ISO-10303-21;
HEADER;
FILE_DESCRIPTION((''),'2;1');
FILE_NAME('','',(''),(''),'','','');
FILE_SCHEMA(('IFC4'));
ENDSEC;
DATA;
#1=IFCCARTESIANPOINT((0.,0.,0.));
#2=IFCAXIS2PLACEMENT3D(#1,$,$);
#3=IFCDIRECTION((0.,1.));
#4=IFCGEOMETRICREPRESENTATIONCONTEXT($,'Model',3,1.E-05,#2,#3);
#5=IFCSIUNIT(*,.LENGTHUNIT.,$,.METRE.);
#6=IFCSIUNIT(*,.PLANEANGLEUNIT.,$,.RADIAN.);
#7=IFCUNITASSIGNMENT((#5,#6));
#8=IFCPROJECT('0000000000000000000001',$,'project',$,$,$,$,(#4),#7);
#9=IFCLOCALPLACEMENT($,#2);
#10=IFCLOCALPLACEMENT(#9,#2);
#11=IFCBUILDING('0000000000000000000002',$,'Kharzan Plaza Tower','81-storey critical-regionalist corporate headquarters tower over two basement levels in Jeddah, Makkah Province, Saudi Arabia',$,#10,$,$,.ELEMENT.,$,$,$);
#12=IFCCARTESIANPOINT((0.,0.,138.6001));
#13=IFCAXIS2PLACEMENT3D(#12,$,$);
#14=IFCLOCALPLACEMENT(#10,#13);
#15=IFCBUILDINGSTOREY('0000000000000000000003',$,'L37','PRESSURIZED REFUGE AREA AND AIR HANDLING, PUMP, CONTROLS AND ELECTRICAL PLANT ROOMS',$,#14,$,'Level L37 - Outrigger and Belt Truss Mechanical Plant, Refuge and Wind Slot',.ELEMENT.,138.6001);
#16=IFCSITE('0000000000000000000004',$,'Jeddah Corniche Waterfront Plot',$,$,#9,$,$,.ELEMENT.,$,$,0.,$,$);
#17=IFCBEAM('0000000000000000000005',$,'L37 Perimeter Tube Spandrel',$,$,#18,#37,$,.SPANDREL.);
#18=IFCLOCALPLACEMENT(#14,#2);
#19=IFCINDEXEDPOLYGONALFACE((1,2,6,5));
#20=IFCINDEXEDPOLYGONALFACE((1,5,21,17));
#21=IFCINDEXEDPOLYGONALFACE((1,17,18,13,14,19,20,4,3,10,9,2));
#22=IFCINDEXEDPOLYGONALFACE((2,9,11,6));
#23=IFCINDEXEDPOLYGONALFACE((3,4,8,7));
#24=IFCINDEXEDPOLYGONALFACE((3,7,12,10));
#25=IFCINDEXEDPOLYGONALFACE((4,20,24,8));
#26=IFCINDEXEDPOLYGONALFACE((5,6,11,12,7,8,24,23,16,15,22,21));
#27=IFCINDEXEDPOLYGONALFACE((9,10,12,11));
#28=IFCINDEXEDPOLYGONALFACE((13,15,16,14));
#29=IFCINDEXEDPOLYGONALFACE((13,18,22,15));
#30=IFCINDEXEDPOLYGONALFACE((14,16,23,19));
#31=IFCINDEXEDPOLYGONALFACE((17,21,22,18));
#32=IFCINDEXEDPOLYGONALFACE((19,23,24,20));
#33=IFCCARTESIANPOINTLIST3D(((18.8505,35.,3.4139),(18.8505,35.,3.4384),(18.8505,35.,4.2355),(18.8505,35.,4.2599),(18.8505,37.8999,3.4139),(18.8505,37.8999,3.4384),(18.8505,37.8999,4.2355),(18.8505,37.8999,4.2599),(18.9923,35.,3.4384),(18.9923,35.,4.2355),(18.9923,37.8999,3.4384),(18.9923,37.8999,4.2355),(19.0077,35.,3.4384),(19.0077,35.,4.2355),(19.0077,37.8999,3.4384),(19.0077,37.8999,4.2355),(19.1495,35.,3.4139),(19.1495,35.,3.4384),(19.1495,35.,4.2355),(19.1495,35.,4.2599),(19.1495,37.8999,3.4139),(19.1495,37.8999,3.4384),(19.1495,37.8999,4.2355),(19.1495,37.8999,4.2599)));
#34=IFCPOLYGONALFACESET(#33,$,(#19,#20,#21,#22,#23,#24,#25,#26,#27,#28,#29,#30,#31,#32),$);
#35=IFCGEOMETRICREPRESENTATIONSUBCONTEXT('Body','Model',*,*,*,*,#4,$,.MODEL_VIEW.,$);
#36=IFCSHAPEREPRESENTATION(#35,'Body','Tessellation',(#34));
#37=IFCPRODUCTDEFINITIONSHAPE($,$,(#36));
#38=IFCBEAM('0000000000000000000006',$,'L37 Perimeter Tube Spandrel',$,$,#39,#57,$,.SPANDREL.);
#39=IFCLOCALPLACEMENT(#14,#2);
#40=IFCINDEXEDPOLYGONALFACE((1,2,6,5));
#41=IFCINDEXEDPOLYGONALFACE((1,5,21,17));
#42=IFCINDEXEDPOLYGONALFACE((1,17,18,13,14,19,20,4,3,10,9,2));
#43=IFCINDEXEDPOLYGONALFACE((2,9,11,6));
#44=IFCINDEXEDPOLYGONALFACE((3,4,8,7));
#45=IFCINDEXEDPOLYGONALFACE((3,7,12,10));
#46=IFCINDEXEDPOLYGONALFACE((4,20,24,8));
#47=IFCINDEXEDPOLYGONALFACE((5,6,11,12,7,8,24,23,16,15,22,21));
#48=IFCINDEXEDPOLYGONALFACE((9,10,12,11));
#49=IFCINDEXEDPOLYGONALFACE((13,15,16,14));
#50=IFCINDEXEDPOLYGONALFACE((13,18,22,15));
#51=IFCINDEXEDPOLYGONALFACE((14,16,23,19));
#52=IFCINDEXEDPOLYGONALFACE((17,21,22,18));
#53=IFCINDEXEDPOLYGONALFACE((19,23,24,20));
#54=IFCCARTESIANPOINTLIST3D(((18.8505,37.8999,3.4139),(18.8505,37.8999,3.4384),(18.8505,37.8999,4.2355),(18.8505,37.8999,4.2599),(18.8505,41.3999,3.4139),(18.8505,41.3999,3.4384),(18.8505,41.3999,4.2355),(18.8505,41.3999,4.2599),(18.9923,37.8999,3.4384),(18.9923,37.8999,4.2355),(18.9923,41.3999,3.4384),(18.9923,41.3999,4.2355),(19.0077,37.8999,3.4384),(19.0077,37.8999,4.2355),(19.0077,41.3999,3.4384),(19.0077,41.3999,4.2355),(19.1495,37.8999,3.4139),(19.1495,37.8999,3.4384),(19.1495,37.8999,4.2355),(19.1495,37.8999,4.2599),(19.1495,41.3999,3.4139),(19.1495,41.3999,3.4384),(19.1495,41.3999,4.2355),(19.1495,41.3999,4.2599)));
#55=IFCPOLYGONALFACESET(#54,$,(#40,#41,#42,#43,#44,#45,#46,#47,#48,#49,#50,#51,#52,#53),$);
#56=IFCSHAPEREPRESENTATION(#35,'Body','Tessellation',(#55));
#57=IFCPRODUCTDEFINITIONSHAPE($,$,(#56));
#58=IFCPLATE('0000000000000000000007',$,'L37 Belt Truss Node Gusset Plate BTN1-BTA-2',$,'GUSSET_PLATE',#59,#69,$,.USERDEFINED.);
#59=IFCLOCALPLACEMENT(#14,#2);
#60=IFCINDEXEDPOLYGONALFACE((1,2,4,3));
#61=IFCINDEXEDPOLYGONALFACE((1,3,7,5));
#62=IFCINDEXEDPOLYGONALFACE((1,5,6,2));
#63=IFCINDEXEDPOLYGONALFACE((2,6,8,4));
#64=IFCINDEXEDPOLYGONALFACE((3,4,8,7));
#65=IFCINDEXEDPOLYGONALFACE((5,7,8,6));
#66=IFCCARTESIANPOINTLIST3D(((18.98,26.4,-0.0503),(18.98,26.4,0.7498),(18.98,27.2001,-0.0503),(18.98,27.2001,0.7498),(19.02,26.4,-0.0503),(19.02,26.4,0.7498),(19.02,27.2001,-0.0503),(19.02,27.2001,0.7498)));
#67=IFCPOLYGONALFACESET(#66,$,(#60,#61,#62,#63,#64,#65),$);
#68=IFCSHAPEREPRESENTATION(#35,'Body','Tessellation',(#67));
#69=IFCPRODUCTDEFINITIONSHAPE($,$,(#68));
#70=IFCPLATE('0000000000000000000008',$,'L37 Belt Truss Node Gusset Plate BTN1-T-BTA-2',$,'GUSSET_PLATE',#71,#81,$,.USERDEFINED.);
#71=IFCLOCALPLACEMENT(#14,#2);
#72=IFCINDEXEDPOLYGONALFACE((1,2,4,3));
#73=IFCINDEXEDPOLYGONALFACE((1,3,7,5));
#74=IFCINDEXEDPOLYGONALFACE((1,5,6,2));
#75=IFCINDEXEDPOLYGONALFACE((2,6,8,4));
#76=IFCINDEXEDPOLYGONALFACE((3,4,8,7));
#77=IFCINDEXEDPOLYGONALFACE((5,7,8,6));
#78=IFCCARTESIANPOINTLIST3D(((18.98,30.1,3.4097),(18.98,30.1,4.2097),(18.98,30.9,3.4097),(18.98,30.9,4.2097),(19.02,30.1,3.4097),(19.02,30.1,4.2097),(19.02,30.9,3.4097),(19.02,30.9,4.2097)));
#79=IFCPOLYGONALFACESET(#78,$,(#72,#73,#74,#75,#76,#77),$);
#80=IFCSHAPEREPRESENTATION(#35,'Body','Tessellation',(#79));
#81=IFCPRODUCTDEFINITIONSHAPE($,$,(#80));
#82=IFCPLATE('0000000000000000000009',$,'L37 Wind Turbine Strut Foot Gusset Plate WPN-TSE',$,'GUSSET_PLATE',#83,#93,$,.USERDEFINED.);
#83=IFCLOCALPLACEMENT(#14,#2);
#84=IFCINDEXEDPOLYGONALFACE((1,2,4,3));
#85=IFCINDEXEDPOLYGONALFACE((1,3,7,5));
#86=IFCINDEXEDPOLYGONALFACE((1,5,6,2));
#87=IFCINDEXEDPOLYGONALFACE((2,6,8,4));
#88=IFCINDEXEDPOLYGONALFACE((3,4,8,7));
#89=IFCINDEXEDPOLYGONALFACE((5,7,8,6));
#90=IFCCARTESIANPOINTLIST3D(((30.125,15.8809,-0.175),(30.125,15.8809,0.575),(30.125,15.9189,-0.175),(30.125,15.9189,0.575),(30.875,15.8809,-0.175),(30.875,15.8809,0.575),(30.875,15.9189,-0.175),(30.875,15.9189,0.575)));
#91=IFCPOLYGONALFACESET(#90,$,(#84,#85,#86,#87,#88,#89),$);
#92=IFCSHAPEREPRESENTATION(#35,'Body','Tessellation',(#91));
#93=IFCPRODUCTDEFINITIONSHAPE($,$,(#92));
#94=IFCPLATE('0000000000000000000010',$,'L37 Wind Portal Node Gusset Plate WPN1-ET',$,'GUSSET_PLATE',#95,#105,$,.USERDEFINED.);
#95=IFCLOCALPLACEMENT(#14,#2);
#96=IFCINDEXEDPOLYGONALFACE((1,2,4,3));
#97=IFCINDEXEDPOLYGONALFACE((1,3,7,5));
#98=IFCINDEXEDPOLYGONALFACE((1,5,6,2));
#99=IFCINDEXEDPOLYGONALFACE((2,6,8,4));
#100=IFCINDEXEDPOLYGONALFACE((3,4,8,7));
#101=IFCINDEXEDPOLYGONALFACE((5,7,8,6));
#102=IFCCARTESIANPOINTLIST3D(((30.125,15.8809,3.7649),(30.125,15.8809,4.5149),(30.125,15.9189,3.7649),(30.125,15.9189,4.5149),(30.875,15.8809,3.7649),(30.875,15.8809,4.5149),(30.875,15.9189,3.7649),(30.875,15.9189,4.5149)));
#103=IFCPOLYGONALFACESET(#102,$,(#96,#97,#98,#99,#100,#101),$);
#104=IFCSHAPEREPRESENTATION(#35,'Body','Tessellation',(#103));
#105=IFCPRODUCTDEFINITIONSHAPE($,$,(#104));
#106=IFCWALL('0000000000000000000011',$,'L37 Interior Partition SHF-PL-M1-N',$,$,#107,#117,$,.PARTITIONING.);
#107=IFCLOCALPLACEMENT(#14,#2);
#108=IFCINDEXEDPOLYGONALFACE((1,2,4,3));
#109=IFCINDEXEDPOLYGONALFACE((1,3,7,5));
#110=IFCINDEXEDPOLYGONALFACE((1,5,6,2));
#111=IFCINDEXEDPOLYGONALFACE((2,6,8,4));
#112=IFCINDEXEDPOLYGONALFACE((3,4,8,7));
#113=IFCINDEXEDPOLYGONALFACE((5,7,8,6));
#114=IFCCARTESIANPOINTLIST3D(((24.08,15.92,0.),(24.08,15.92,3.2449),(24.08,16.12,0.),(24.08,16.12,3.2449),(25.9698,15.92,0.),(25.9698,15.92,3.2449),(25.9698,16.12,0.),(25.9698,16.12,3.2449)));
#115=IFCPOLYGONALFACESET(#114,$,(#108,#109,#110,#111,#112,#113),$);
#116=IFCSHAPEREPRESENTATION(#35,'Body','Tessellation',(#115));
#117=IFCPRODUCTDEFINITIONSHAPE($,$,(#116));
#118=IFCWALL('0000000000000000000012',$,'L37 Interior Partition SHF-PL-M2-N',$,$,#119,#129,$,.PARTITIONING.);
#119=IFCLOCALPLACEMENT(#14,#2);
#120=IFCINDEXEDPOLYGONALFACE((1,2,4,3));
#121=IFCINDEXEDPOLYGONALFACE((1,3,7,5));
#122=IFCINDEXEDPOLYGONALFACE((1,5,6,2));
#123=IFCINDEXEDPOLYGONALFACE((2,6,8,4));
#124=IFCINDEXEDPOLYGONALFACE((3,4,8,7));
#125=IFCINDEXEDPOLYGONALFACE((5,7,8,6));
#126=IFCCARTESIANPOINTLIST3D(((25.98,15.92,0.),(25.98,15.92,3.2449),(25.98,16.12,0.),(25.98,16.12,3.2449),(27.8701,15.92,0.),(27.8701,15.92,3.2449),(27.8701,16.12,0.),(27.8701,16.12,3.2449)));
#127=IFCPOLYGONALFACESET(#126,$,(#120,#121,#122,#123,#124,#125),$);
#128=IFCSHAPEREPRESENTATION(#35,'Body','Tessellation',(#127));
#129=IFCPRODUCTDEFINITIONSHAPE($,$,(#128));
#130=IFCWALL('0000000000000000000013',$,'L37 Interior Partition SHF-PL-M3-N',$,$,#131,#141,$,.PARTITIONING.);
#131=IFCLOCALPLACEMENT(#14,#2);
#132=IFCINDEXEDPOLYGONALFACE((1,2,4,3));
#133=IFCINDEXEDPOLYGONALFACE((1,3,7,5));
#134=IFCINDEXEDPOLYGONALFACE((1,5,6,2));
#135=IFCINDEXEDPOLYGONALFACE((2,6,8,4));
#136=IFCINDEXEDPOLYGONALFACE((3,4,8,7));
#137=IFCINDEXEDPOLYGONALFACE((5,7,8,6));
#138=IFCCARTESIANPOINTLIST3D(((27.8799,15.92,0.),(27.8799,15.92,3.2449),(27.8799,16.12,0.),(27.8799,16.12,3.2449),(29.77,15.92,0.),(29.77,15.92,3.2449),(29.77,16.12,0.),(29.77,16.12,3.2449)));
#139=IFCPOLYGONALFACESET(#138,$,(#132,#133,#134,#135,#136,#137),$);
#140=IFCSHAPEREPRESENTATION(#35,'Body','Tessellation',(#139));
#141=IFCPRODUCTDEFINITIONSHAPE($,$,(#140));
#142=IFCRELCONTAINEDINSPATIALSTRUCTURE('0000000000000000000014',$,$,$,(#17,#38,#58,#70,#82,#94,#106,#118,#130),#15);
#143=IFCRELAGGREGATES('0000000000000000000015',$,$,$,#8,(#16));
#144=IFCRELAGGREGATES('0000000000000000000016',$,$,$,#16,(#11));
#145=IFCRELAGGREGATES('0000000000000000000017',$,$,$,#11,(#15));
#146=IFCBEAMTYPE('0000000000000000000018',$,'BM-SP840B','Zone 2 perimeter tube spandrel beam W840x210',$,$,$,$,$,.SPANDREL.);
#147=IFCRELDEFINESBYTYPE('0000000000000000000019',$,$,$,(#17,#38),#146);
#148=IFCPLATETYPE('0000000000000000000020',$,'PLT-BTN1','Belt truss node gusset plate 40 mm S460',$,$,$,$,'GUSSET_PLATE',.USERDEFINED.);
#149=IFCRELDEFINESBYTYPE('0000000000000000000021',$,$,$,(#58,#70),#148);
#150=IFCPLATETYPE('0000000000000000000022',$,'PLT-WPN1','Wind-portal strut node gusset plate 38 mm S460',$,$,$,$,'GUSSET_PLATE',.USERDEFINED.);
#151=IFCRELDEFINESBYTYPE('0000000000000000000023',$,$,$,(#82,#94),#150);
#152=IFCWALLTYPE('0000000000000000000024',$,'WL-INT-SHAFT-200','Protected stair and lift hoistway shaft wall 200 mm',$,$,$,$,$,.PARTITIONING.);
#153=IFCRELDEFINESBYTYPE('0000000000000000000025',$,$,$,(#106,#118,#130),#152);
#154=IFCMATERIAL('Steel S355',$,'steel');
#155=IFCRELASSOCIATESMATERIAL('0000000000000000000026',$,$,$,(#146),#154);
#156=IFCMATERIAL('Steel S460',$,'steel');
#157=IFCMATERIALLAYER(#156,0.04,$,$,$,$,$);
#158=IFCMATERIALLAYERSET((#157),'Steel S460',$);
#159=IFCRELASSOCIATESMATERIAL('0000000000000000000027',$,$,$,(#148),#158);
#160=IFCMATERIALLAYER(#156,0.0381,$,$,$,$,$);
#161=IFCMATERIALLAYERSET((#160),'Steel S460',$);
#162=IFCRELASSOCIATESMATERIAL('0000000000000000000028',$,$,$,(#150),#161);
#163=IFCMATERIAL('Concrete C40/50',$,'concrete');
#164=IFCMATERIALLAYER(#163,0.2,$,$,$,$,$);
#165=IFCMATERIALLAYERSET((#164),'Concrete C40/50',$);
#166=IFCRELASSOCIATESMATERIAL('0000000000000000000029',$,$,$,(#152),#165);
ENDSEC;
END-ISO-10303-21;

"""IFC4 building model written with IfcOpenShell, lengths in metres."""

from ifc_helpers import new_model, si_unit, direction, frame, frame_2d, origin, origin_2d, place, context, subcontext, project, spatial, rectangle, i_section, extrude, source, transform, mapped, material, layer, layer_set, material_profile, profile_set, type_object, element, save


model = new_model("IFC4")

# Units and contexts
model_context = context("Model", 3, precision=1e-05, world=origin(), true_north=direction((0.0, 1.0)))
body_context = subcontext(model_context, "Body", "Model", "MODEL_VIEW")
ifc_project = project(units=[si_unit("LENGTHUNIT", "METRE"), si_unit("PLANEANGLEUNIT", "RADIAN")], contexts=[model_context])

# Site, building, storey
site_placement = place(None, origin())
site = spatial("IfcSite", under=ifc_project, at=site_placement, Name="Jeddah Corniche Waterfront Plot", CompositionType="ELEMENT", RefElevation=0.0)
building_placement = place(site_placement, origin())
building = spatial("IfcBuilding", under=site, at=building_placement, Name="Kharzan Plaza Tower", Description="81-storey critical-regionalist corporate headquarters tower over two basement levels in Jeddah, Makkah Province, Saudi Arabia", CompositionType="ELEMENT")
storey_placement = place(building_placement, frame((0.0, 0.0, 138.6001)))
storey = spatial("IfcBuildingStorey", under=building, at=storey_placement, Name="L37", Description="PRESSURIZED REFUGE AREA AND AIR HANDLING, PUMP, CONTROLS AND ELECTRICAL PLANT ROOMS", LongName="Level L37 - Outrigger and Belt Truss Mechanical Plant, Refuge and Wind Slot", CompositionType="ELEMENT", Elevation=138.6001)

# Shared definitions
ifc_material_1 = material(Name="Steel S355", Category="steel")

# Beams
ifc_material_profile_1 = material_profile(ifc_material_1, i_section(OverallWidth=0.2991, OverallDepth=0.8459, WebThickness=0.0154, FlangeThickness=0.0244, at=origin_2d()), Name="W840x210")
ifc_profile_set_1 = profile_set([ifc_material_profile_1], Name="Steel S355")
beam_type_1 = type_object("IfcBeamType", Name="BM-SP840B", Description="Zone 2 perimeter tube spandrel beam W840x210", PredefinedType="SPANDREL", material=ifc_profile_set_1)
shared_shape_1 = source(origin(), body_context, "Body", "SweptSolid", [
    extrude(i_section(OverallWidth=0.2991, OverallDepth=0.8459, WebThickness=0.0154, FlangeThickness=0.0244, at=origin_2d()), origin(), (0.0, 0.0, 1.0), 2.8999),
])
beam_1_placement = place(storey_placement, frame((19.0, 35.0, 3.8369), z_axis=(0.0, 1.0, 0.0), x_axis=(-1.0, 0.0, 0.0)))
element("IfcBeam", 1, at=beam_1_placement, inside=storey, type_object=beam_type_1, Name="L37 Perimeter Tube Spandrel", PredefinedType="SPANDREL", context=body_context, shape_type="MappedRepresentation", body=[
    mapped(shared_shape_1, transform((0.0, 0.0, 0.0), x_axis=(1.0, 0.0, 0.0), y_axis=(0.0, 1.0, 0.0), z_axis=(0.0, 0.0, 1.0))),
])
shared_shape_2 = source(origin(), body_context, "Body", "SweptSolid", [
    extrude(i_section(OverallWidth=0.2991, OverallDepth=0.8459, WebThickness=0.0154, FlangeThickness=0.0244, at=origin_2d()), origin(), (0.0, 0.0, 1.0), 3.5),
])
beam_2_placement = place(storey_placement, frame((19.0, 37.8999, 3.8369), z_axis=(0.0, 1.0, 0.0), x_axis=(-1.0, 0.0, 0.0)))
element("IfcBeam", 2, at=beam_2_placement, inside=storey, type_object=beam_type_1, Name="L37 Perimeter Tube Spandrel", PredefinedType="SPANDREL", context=body_context, shape_type="MappedRepresentation", body=[
    mapped(shared_shape_2, transform((0.0, 0.0, 0.0), x_axis=(1.0, 0.0, 0.0), y_axis=(0.0, 1.0, 0.0), z_axis=(0.0, 0.0, 1.0))),
])

# Plates
ifc_material_2 = material(Name="Steel S460", Category="steel")
ifc_layer_1 = layer(ifc_material_2, 0.04)
ifc_layer_set_1 = layer_set([ifc_layer_1], Name="Steel S460")
plate_type_1 = type_object("IfcPlateType", Name="PLT-BTN1", Description="Belt truss node gusset plate 40 mm S460", ElementType="GUSSET_PLATE", PredefinedType="USERDEFINED", material=ifc_layer_set_1)
shared_shape_3 = source(origin(), body_context, "Body", "SweptSolid", [
    extrude(rectangle(XDim=0.8, YDim=0.04, at=origin_2d()), origin(), (0.0, 0.0, 1.0), 0.8),
])
for number, where, z_axis, x_axis, name in (
    (3, (19.0, 26.8, -0.0503), (0.0, 0.0, 1.0), (0.0, 1.0, 0.0), "L37 Belt Truss Node Gusset Plate BTN1-BTA-2"),
    (4, (19.0, 30.5, 3.4097), (0.0, 0.0, 1.0), (0.0, 1.0, 0.0), "L37 Belt Truss Node Gusset Plate BTN1-T-BTA-2"),
):
    element("IfcPlate", number, at=place(storey_placement, frame(where, z_axis=z_axis, x_axis=x_axis)), inside=storey, type_object=plate_type_1, Name=name, ObjectType="GUSSET_PLATE", PredefinedType="USERDEFINED", context=body_context, shape_type="MappedRepresentation", body=[
        mapped(shared_shape_3, transform((0.0, 0.0, 0.0), x_axis=(1.0, 0.0, 0.0), y_axis=(0.0, 1.0, 0.0), z_axis=(0.0, 0.0, 1.0))),
    ])
ifc_layer_2 = layer(ifc_material_2, 0.0381)
ifc_layer_set_2 = layer_set([ifc_layer_2], Name="Steel S460")
plate_type_2 = type_object("IfcPlateType", Name="PLT-WPN1", Description="Wind-portal strut node gusset plate 38 mm S460", ElementType="GUSSET_PLATE", PredefinedType="USERDEFINED", material=ifc_layer_set_2)
shared_shape_4 = source(origin(), body_context, "Body", "SweptSolid", [
    extrude(rectangle(XDim=0.75, YDim=0.0381, at=origin_2d()), origin(), (0.0, 0.0, 1.0), 0.75),
])
for number, where, z_axis, x_axis, name in (
    (5, (30.5, 15.8999, -0.175), (0.0, 0.0, 1.0), (1.0, 0.0, 0.0), "L37 Wind Turbine Strut Foot Gusset Plate WPN-TSE"),
    (6, (30.5, 15.8999, 3.7649), (0.0, 0.0, 1.0), (1.0, 0.0, 0.0), "L37 Wind Portal Node Gusset Plate WPN1-ET"),
):
    element("IfcPlate", number, at=place(storey_placement, frame(where, z_axis=z_axis, x_axis=x_axis)), inside=storey, type_object=plate_type_2, Name=name, ObjectType="GUSSET_PLATE", PredefinedType="USERDEFINED", context=body_context, shape_type="MappedRepresentation", body=[
        mapped(shared_shape_4, transform((0.0, 0.0, 0.0), x_axis=(1.0, 0.0, 0.0), y_axis=(0.0, 1.0, 0.0), z_axis=(0.0, 0.0, 1.0))),
    ])

# Walls
ifc_material_3 = material(Name="Concrete C40/50", Category="concrete")
ifc_layer_3 = layer(ifc_material_3, 0.2)
ifc_layer_set_3 = layer_set([ifc_layer_3], Name="Concrete C40/50")
wall_type = type_object("IfcWallType", Name="WL-INT-SHAFT-200", Description="Protected stair and lift hoistway shaft wall 200 mm", PredefinedType="PARTITIONING", material=ifc_layer_set_3)
shared_shape_5 = source(origin(), body_context, "Body", "SweptSolid", [
    extrude(rectangle(XDim=1.8899, YDim=0.2, at=frame_2d((0.9448, 0.0))), origin(), (0.0, 0.0, 1.0), 3.2449),
])
wall_placement = place(storey_placement, frame((24.0801, 16.02, 0.0), z_axis=(0.0, 0.0, 1.0), x_axis=(1.0, 0.0, 0.0)))
element("IfcWall", 7, at=wall_placement, inside=storey, type_object=wall_type, Name="L37 Interior Partition SHF-PL-M1-N", PredefinedType="PARTITIONING", context=body_context, shape_type="MappedRepresentation", body=[
    mapped(shared_shape_5, transform((0.0, 0.0, 0.0), x_axis=(1.0, 0.0, 0.0), y_axis=(0.0, 1.0, 0.0), z_axis=(0.0, 0.0, 1.0))),
])
shared_shape_6 = source(origin(), body_context, "Body", "SweptSolid", [
    extrude(rectangle(XDim=1.8901, YDim=0.2, at=frame_2d((0.9451, 0.0))), origin(), (0.0, 0.0, 1.0), 3.2449),
])
for number, where, z_axis, x_axis, name in (
    (8, (25.98, 16.02, 0.0), (0.0, 0.0, 1.0), (1.0, 0.0, 0.0), "L37 Interior Partition SHF-PL-M2-N"),
    (9, (27.8799, 16.02, 0.0), (0.0, 0.0, 1.0), (1.0, 0.0, 0.0), "L37 Interior Partition SHF-PL-M3-N"),
):
    element("IfcWall", number, at=place(storey_placement, frame(where, z_axis=z_axis, x_axis=x_axis)), inside=storey, type_object=wall_type, Name=name, PredefinedType="PARTITIONING", context=body_context, shape_type="MappedRepresentation", body=[
        mapped(shared_shape_6, transform((0.0, 0.0, 0.0), x_axis=(1.0, 0.0, 0.0), y_axis=(0.0, 1.0, 0.0), z_axis=(0.0, 0.0, 1.0))),
    ])

save(model, "model.ifc")
